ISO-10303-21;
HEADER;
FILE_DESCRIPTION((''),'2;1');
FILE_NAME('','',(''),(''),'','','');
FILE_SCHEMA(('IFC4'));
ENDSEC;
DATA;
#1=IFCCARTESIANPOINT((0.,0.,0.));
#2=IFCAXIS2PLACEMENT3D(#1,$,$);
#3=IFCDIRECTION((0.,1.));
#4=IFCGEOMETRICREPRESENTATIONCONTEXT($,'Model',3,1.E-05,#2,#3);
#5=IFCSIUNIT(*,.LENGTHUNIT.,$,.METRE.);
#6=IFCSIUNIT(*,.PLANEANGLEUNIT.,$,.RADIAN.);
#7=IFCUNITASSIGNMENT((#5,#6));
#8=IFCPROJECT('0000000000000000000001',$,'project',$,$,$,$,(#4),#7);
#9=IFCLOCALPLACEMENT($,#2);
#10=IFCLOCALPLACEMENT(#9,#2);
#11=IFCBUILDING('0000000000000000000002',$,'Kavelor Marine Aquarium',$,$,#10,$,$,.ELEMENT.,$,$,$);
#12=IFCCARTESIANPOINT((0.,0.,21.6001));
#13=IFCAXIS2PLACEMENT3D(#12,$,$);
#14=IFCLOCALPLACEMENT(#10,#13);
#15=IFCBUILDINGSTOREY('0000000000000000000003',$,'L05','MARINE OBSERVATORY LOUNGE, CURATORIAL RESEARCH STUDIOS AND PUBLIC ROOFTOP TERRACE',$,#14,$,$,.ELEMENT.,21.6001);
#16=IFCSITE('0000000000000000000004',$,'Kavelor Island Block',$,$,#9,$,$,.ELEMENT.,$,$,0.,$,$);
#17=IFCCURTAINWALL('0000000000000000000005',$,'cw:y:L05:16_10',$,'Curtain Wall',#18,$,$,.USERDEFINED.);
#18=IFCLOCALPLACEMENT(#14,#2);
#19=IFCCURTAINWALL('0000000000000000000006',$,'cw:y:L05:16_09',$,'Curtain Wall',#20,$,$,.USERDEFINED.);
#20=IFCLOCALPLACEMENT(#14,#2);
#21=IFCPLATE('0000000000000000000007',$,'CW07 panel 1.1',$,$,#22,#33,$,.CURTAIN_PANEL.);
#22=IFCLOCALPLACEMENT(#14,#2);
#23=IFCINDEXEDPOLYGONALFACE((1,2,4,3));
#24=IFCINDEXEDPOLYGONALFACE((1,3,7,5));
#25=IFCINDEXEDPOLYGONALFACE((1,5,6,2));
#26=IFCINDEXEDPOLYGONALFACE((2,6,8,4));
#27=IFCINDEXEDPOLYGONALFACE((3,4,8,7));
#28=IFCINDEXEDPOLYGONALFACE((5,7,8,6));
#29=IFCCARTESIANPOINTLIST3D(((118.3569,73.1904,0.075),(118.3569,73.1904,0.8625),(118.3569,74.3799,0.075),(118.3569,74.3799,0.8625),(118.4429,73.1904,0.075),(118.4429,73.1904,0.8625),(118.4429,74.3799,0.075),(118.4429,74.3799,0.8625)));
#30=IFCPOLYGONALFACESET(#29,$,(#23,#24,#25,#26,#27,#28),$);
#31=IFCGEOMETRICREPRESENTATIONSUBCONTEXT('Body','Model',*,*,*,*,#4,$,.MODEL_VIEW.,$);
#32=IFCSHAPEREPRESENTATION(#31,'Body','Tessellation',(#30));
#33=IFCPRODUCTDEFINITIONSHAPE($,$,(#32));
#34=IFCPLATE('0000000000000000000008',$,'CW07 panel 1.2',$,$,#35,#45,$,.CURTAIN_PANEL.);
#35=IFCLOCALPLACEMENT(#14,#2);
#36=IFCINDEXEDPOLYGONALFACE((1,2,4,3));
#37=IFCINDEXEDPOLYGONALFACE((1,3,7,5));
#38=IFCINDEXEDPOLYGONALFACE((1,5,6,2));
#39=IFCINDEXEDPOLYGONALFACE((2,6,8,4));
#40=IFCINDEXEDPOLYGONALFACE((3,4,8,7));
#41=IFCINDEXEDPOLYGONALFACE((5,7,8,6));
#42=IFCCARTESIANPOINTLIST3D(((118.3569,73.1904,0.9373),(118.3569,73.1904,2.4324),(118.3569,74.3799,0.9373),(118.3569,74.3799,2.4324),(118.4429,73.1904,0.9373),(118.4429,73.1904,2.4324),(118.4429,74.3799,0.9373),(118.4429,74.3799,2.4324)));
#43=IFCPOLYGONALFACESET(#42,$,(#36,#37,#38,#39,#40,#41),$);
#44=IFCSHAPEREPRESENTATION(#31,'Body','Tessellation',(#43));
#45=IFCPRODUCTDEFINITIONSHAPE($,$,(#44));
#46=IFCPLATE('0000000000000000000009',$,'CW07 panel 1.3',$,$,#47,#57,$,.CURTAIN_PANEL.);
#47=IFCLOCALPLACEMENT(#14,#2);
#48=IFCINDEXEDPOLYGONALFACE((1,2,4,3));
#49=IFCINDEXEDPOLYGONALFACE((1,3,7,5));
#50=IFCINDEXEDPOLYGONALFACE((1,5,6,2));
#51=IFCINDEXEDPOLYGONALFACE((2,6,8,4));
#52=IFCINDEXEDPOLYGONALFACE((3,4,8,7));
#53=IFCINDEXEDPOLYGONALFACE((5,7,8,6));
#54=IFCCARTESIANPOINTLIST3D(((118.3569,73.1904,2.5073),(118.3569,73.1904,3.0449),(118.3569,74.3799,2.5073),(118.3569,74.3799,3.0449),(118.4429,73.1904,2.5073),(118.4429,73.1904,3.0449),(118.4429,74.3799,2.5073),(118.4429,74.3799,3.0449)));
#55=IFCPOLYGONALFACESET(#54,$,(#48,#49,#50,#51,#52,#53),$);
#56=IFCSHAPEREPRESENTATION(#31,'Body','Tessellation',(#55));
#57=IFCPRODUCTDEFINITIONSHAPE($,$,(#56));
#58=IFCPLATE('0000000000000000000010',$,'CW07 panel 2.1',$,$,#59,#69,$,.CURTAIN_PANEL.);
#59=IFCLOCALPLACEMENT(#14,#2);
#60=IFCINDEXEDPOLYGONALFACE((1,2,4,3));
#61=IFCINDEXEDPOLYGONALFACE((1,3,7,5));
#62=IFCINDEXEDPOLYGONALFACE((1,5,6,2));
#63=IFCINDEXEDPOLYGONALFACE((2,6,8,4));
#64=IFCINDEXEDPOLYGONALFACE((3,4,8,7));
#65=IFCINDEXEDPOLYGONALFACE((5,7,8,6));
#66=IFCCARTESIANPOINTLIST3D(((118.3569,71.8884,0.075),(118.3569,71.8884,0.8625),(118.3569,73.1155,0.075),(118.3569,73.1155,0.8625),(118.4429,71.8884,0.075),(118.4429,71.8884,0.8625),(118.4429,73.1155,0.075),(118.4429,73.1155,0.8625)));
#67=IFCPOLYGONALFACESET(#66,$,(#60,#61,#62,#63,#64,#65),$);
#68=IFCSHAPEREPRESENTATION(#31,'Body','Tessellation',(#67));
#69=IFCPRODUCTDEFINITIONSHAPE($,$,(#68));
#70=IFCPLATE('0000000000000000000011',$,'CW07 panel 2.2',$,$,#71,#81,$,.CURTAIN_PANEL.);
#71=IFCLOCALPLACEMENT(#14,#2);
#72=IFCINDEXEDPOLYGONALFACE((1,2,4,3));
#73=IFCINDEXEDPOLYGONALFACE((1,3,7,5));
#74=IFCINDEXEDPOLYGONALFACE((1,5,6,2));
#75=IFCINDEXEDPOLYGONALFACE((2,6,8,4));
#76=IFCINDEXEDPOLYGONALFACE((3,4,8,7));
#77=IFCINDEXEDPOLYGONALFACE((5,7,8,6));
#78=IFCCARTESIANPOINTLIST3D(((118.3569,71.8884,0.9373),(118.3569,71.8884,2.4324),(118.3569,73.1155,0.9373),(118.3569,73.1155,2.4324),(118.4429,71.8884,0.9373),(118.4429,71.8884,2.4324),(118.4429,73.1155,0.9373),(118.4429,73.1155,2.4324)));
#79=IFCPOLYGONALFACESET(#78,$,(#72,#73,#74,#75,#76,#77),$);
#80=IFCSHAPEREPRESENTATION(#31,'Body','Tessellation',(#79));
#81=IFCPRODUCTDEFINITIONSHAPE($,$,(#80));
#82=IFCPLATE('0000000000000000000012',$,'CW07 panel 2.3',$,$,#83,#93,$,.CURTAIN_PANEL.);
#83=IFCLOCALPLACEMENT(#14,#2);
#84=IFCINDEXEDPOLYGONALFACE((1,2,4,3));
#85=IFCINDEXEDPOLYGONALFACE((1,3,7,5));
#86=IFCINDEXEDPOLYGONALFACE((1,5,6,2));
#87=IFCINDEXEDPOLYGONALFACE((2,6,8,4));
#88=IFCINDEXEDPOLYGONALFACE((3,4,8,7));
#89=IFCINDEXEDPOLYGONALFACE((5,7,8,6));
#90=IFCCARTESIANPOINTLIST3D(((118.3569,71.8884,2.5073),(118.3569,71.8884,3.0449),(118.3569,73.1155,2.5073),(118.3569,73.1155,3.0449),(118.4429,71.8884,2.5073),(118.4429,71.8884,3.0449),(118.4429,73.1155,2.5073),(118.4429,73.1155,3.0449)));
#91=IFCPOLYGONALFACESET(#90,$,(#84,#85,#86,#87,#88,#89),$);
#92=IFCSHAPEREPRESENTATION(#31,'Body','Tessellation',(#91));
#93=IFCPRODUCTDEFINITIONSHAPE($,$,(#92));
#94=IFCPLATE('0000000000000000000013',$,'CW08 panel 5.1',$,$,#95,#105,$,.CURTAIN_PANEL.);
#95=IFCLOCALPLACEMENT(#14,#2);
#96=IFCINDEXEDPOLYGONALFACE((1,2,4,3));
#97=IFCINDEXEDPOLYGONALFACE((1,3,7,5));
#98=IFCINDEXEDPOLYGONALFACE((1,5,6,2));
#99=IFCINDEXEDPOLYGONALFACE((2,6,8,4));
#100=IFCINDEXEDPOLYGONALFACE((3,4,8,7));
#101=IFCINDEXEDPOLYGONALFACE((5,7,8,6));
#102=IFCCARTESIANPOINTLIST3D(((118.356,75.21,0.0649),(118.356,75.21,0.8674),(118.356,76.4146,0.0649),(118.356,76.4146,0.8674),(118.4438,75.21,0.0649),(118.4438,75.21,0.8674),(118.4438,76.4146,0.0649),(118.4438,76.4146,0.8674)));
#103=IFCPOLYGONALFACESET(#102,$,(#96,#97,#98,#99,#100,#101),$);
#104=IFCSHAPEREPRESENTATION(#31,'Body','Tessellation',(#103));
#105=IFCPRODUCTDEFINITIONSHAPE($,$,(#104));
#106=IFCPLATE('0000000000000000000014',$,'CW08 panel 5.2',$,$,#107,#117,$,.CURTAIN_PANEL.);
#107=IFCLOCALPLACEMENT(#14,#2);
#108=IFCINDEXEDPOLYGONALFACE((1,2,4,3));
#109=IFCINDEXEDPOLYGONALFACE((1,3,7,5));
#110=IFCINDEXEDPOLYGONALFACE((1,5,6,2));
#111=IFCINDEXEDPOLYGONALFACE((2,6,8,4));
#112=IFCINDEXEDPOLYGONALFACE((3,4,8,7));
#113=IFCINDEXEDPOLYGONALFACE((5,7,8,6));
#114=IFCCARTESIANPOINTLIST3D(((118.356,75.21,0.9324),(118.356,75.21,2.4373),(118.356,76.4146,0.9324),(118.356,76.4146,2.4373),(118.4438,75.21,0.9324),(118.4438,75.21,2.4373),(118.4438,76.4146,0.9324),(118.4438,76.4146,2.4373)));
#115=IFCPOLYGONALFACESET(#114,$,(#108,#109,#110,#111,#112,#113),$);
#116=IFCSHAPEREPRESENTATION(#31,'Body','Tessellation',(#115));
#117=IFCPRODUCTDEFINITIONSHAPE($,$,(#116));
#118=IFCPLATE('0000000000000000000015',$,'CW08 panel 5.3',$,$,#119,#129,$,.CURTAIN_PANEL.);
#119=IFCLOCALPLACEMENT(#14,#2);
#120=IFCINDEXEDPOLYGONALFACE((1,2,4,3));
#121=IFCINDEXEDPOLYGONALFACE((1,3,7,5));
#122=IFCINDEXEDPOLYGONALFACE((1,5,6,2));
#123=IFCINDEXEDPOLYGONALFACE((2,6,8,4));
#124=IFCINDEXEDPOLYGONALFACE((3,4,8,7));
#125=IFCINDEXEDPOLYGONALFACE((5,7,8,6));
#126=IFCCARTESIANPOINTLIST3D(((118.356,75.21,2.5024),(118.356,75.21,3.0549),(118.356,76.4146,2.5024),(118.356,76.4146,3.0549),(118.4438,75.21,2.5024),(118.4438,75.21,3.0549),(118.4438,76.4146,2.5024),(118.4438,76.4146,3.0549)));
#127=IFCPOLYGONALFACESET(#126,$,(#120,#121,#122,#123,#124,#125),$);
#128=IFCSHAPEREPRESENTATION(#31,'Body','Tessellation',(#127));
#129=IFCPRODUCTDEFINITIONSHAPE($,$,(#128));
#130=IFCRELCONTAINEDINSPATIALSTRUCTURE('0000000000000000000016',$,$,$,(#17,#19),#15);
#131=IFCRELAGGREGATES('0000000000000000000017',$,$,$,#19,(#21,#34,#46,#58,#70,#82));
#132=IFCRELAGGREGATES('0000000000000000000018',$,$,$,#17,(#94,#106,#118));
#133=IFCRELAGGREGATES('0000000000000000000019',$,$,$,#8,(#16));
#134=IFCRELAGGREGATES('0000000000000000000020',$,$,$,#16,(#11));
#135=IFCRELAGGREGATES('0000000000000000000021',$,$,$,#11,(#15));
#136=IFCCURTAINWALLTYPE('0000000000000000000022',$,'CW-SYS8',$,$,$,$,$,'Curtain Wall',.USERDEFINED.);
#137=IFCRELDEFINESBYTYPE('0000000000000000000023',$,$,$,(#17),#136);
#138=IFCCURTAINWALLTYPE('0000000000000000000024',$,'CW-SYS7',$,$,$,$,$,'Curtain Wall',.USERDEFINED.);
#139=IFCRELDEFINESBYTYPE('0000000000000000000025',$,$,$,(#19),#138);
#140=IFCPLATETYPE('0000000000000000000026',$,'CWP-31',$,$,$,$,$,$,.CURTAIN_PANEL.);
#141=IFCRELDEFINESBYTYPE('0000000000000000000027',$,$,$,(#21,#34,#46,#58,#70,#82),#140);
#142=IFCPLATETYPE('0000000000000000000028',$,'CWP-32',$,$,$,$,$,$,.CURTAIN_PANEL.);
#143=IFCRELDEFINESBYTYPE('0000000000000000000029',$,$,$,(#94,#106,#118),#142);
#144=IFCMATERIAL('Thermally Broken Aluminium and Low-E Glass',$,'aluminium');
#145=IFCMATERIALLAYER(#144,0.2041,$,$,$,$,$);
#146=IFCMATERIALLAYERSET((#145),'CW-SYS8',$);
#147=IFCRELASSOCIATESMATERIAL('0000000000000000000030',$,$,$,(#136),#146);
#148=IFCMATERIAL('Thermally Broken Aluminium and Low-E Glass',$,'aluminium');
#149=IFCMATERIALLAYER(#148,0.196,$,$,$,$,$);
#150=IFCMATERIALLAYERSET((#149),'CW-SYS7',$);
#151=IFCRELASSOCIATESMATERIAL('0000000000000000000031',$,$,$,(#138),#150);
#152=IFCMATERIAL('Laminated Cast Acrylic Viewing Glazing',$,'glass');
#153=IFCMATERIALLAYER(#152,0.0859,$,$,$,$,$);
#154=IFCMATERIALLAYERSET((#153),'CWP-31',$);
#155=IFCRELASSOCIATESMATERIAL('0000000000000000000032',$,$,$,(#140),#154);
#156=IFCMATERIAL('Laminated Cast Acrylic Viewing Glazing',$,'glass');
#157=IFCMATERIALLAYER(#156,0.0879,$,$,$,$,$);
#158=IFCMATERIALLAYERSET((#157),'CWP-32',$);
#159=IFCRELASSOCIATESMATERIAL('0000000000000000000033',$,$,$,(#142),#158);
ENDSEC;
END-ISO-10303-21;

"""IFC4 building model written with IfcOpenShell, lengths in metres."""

from ifc_helpers import new_model, si_unit, direction, frame, origin, origin_2d, place, context, subcontext, project, spatial, rectangle, extrude, material, layer, layer_set, type_object, element, aggregate, save


model = new_model("IFC4")

# Units and contexts
model_context = context("Model", 3, precision=1e-05, world=origin(), true_north=direction((0.0, 1.0)))
body_context = subcontext(model_context, "Body", "Model", "MODEL_VIEW")
ifc_project = project(units=[si_unit("LENGTHUNIT", "METRE"), si_unit("PLANEANGLEUNIT", "RADIAN")], contexts=[model_context])

# Site, building, storey
site_placement = place(None, origin())
site = spatial("IfcSite", under=ifc_project, at=site_placement, Name="Kavelor Island Block", CompositionType="ELEMENT", RefElevation=0.0)
building_placement = place(site_placement, origin())
building = spatial("IfcBuilding", under=site, at=building_placement, Name="Kavelor Marine Aquarium", CompositionType="ELEMENT")
storey_placement = place(building_placement, frame((0.0, 0.0, 21.6001)))
storey = spatial("IfcBuildingStorey", under=building, at=storey_placement, Name="L05", Description="MARINE OBSERVATORY LOUNGE, CURATORIAL RESEARCH STUDIOS AND PUBLIC ROOFTOP TERRACE", CompositionType="ELEMENT", Elevation=21.6001)

# Curtain wall
ifc_material_1 = material(Name="Thermally Broken Aluminium and Low-E Glass", Category="aluminium")
ifc_layer_1 = layer(ifc_material_1, 0.2041)
ifc_layer_set_1 = layer_set([ifc_layer_1], Name="CW-SYS8")
curtain_wall_type_1 = type_object("IfcCurtainWallType", Name="CW-SYS8", ElementType="Curtain Wall", PredefinedType="USERDEFINED", material=ifc_layer_set_1)
curtain_wall_1_placement = place(storey_placement, origin())
curtain_wall_1 = element("IfcCurtainWall", 1, at=curtain_wall_1_placement, inside=storey, type_object=curtain_wall_type_1, Name="cw:y:L05:16_10", ObjectType="Curtain Wall", PredefinedType="USERDEFINED")

# Curtain wall
ifc_material_2 = material(Name="Thermally Broken Aluminium and Low-E Glass", Category="aluminium")
ifc_layer_2 = layer(ifc_material_2, 0.196)
ifc_layer_set_2 = layer_set([ifc_layer_2], Name="CW-SYS7")
curtain_wall_type_2 = type_object("IfcCurtainWallType", Name="CW-SYS7", ElementType="Curtain Wall", PredefinedType="USERDEFINED", material=ifc_layer_set_2)
curtain_wall_2_placement = place(storey_placement, origin())
curtain_wall_2 = element("IfcCurtainWall", 2, at=curtain_wall_2_placement, inside=storey, type_object=curtain_wall_type_2, Name="cw:y:L05:16_09", ObjectType="Curtain Wall", PredefinedType="USERDEFINED")

# Plates
ifc_material_3 = material(Name="Laminated Cast Acrylic Viewing Glazing", Category="glass")
ifc_layer_3 = layer(ifc_material_3, 0.0859)
ifc_layer_set_3 = layer_set([ifc_layer_3], Name="CWP-31")
plate_type_1 = type_object("IfcPlateType", Name="CWP-31", PredefinedType="CURTAIN_PANEL", material=ifc_layer_set_3)
plate_1_placement = place(storey_placement, frame((118.3999, 73.7852, 0.075), z_axis=(0.0, 0.0, 1.0), x_axis=(0.0, -1.0, 0.0)))
plate_1 = element("IfcPlate", 3, at=plate_1_placement, type_object=plate_type_1, Name="CW07 panel 1.1", PredefinedType="CURTAIN_PANEL", context=body_context, shape_type="SweptSolid", body=[
    extrude(rectangle(XDim=1.1895, YDim=0.0859, at=origin_2d()), origin(), (0.0, 0.0, 1.0), 0.7876),
])
plate_2_placement = place(storey_placement, frame((118.3999, 73.7852, 0.9373), z_axis=(0.0, 0.0, 1.0), x_axis=(0.0, -1.0, 0.0)))
plate_2 = element("IfcPlate", 4, at=plate_2_placement, type_object=plate_type_1, Name="CW07 panel 1.2", PredefinedType="CURTAIN_PANEL", context=body_context, shape_type="SweptSolid", body=[
    extrude(rectangle(XDim=1.1895, YDim=0.0859, at=origin_2d()), origin(), (0.0, 0.0, 1.0), 1.4951),
])
plate_3_placement = place(storey_placement, frame((118.3999, 73.7852, 2.5073), z_axis=(0.0, 0.0, 1.0), x_axis=(0.0, -1.0, 0.0)))
plate_3 = element("IfcPlate", 5, at=plate_3_placement, type_object=plate_type_1, Name="CW07 panel 1.3", PredefinedType="CURTAIN_PANEL", context=body_context, shape_type="SweptSolid", body=[
    extrude(rectangle(XDim=1.1895, YDim=0.0859, at=origin_2d()), origin(), (0.0, 0.0, 1.0), 0.5376),
])
plate_4_placement = place(storey_placement, frame((118.3999, 72.502, 0.075), z_axis=(0.0, 0.0, 1.0), x_axis=(0.0, -1.0, 0.0)))
plate_4 = element("IfcPlate", 6, at=plate_4_placement, type_object=plate_type_1, Name="CW07 panel 2.1", PredefinedType="CURTAIN_PANEL", context=body_context, shape_type="SweptSolid", body=[
    extrude(rectangle(XDim=1.2271, YDim=0.0859, at=origin_2d()), origin(), (0.0, 0.0, 1.0), 0.7876),
])
plate_5_placement = place(storey_placement, frame((118.3999, 72.502, 0.9373), z_axis=(0.0, 0.0, 1.0), x_axis=(0.0, -1.0, 0.0)))
plate_5 = element("IfcPlate", 7, at=plate_5_placement, type_object=plate_type_1, Name="CW07 panel 2.2", PredefinedType="CURTAIN_PANEL", context=body_context, shape_type="SweptSolid", body=[
    extrude(rectangle(XDim=1.2271, YDim=0.0859, at=origin_2d()), origin(), (0.0, 0.0, 1.0), 1.4951),
])
plate_6_placement = place(storey_placement, frame((118.3999, 72.502, 2.5073), z_axis=(0.0, 0.0, 1.0), x_axis=(0.0, -1.0, 0.0)))
plate_6 = element("IfcPlate", 8, at=plate_6_placement, type_object=plate_type_1, Name="CW07 panel 2.3", PredefinedType="CURTAIN_PANEL", context=body_context, shape_type="SweptSolid", body=[
    extrude(rectangle(XDim=1.2271, YDim=0.0859, at=origin_2d()), origin(), (0.0, 0.0, 1.0), 0.5376),
])
aggregate(curtain_wall_2, [plate_1, plate_2, plate_3, plate_4, plate_5, plate_6])
ifc_material_4 = material(Name="Laminated Cast Acrylic Viewing Glazing", Category="glass")
ifc_layer_4 = layer(ifc_material_4, 0.0879)
ifc_layer_set_4 = layer_set([ifc_layer_4], Name="CWP-32")
plate_type_2 = type_object("IfcPlateType", Name="CWP-32", PredefinedType="CURTAIN_PANEL", material=ifc_layer_set_4)
plate_7_placement = place(storey_placement, frame((118.3999, 75.8123, 0.0649), z_axis=(0.0, 0.0, 1.0), x_axis=(0.0, -1.0, 0.0)))
plate_7 = element("IfcPlate", 9, at=plate_7_placement, type_object=plate_type_2, Name="CW08 panel 5.1", PredefinedType="CURTAIN_PANEL", context=body_context, shape_type="SweptSolid", body=[
    extrude(rectangle(XDim=1.2046, YDim=0.0879, at=origin_2d()), origin(), (0.0, 0.0, 1.0), 0.8025),
])
plate_8_placement = place(storey_placement, frame((118.3999, 75.8123, 0.9324), z_axis=(0.0, 0.0, 1.0), x_axis=(0.0, -1.0, 0.0)))
plate_8 = element("IfcPlate", 10, at=plate_8_placement, type_object=plate_type_2, Name="CW08 panel 5.2", PredefinedType="CURTAIN_PANEL", context=body_context, shape_type="SweptSolid", body=[
    extrude(rectangle(XDim=1.2046, YDim=0.0879, at=origin_2d()), origin(), (0.0, 0.0, 1.0), 1.5049),
])
plate_9_placement = place(storey_placement, frame((118.3999, 75.8123, 2.5024), z_axis=(0.0, 0.0, 1.0), x_axis=(0.0, -1.0, 0.0)))
plate_9 = element("IfcPlate", 11, at=plate_9_placement, type_object=plate_type_2, Name="CW08 panel 5.3", PredefinedType="CURTAIN_PANEL", context=body_context, shape_type="SweptSolid", body=[
    extrude(rectangle(XDim=1.2046, YDim=0.0879, at=origin_2d()), origin(), (0.0, 0.0, 1.0), 0.5525),
])
aggregate(curtain_wall_1, [plate_7, plate_8, plate_9])

save(model, "model.ifc")
